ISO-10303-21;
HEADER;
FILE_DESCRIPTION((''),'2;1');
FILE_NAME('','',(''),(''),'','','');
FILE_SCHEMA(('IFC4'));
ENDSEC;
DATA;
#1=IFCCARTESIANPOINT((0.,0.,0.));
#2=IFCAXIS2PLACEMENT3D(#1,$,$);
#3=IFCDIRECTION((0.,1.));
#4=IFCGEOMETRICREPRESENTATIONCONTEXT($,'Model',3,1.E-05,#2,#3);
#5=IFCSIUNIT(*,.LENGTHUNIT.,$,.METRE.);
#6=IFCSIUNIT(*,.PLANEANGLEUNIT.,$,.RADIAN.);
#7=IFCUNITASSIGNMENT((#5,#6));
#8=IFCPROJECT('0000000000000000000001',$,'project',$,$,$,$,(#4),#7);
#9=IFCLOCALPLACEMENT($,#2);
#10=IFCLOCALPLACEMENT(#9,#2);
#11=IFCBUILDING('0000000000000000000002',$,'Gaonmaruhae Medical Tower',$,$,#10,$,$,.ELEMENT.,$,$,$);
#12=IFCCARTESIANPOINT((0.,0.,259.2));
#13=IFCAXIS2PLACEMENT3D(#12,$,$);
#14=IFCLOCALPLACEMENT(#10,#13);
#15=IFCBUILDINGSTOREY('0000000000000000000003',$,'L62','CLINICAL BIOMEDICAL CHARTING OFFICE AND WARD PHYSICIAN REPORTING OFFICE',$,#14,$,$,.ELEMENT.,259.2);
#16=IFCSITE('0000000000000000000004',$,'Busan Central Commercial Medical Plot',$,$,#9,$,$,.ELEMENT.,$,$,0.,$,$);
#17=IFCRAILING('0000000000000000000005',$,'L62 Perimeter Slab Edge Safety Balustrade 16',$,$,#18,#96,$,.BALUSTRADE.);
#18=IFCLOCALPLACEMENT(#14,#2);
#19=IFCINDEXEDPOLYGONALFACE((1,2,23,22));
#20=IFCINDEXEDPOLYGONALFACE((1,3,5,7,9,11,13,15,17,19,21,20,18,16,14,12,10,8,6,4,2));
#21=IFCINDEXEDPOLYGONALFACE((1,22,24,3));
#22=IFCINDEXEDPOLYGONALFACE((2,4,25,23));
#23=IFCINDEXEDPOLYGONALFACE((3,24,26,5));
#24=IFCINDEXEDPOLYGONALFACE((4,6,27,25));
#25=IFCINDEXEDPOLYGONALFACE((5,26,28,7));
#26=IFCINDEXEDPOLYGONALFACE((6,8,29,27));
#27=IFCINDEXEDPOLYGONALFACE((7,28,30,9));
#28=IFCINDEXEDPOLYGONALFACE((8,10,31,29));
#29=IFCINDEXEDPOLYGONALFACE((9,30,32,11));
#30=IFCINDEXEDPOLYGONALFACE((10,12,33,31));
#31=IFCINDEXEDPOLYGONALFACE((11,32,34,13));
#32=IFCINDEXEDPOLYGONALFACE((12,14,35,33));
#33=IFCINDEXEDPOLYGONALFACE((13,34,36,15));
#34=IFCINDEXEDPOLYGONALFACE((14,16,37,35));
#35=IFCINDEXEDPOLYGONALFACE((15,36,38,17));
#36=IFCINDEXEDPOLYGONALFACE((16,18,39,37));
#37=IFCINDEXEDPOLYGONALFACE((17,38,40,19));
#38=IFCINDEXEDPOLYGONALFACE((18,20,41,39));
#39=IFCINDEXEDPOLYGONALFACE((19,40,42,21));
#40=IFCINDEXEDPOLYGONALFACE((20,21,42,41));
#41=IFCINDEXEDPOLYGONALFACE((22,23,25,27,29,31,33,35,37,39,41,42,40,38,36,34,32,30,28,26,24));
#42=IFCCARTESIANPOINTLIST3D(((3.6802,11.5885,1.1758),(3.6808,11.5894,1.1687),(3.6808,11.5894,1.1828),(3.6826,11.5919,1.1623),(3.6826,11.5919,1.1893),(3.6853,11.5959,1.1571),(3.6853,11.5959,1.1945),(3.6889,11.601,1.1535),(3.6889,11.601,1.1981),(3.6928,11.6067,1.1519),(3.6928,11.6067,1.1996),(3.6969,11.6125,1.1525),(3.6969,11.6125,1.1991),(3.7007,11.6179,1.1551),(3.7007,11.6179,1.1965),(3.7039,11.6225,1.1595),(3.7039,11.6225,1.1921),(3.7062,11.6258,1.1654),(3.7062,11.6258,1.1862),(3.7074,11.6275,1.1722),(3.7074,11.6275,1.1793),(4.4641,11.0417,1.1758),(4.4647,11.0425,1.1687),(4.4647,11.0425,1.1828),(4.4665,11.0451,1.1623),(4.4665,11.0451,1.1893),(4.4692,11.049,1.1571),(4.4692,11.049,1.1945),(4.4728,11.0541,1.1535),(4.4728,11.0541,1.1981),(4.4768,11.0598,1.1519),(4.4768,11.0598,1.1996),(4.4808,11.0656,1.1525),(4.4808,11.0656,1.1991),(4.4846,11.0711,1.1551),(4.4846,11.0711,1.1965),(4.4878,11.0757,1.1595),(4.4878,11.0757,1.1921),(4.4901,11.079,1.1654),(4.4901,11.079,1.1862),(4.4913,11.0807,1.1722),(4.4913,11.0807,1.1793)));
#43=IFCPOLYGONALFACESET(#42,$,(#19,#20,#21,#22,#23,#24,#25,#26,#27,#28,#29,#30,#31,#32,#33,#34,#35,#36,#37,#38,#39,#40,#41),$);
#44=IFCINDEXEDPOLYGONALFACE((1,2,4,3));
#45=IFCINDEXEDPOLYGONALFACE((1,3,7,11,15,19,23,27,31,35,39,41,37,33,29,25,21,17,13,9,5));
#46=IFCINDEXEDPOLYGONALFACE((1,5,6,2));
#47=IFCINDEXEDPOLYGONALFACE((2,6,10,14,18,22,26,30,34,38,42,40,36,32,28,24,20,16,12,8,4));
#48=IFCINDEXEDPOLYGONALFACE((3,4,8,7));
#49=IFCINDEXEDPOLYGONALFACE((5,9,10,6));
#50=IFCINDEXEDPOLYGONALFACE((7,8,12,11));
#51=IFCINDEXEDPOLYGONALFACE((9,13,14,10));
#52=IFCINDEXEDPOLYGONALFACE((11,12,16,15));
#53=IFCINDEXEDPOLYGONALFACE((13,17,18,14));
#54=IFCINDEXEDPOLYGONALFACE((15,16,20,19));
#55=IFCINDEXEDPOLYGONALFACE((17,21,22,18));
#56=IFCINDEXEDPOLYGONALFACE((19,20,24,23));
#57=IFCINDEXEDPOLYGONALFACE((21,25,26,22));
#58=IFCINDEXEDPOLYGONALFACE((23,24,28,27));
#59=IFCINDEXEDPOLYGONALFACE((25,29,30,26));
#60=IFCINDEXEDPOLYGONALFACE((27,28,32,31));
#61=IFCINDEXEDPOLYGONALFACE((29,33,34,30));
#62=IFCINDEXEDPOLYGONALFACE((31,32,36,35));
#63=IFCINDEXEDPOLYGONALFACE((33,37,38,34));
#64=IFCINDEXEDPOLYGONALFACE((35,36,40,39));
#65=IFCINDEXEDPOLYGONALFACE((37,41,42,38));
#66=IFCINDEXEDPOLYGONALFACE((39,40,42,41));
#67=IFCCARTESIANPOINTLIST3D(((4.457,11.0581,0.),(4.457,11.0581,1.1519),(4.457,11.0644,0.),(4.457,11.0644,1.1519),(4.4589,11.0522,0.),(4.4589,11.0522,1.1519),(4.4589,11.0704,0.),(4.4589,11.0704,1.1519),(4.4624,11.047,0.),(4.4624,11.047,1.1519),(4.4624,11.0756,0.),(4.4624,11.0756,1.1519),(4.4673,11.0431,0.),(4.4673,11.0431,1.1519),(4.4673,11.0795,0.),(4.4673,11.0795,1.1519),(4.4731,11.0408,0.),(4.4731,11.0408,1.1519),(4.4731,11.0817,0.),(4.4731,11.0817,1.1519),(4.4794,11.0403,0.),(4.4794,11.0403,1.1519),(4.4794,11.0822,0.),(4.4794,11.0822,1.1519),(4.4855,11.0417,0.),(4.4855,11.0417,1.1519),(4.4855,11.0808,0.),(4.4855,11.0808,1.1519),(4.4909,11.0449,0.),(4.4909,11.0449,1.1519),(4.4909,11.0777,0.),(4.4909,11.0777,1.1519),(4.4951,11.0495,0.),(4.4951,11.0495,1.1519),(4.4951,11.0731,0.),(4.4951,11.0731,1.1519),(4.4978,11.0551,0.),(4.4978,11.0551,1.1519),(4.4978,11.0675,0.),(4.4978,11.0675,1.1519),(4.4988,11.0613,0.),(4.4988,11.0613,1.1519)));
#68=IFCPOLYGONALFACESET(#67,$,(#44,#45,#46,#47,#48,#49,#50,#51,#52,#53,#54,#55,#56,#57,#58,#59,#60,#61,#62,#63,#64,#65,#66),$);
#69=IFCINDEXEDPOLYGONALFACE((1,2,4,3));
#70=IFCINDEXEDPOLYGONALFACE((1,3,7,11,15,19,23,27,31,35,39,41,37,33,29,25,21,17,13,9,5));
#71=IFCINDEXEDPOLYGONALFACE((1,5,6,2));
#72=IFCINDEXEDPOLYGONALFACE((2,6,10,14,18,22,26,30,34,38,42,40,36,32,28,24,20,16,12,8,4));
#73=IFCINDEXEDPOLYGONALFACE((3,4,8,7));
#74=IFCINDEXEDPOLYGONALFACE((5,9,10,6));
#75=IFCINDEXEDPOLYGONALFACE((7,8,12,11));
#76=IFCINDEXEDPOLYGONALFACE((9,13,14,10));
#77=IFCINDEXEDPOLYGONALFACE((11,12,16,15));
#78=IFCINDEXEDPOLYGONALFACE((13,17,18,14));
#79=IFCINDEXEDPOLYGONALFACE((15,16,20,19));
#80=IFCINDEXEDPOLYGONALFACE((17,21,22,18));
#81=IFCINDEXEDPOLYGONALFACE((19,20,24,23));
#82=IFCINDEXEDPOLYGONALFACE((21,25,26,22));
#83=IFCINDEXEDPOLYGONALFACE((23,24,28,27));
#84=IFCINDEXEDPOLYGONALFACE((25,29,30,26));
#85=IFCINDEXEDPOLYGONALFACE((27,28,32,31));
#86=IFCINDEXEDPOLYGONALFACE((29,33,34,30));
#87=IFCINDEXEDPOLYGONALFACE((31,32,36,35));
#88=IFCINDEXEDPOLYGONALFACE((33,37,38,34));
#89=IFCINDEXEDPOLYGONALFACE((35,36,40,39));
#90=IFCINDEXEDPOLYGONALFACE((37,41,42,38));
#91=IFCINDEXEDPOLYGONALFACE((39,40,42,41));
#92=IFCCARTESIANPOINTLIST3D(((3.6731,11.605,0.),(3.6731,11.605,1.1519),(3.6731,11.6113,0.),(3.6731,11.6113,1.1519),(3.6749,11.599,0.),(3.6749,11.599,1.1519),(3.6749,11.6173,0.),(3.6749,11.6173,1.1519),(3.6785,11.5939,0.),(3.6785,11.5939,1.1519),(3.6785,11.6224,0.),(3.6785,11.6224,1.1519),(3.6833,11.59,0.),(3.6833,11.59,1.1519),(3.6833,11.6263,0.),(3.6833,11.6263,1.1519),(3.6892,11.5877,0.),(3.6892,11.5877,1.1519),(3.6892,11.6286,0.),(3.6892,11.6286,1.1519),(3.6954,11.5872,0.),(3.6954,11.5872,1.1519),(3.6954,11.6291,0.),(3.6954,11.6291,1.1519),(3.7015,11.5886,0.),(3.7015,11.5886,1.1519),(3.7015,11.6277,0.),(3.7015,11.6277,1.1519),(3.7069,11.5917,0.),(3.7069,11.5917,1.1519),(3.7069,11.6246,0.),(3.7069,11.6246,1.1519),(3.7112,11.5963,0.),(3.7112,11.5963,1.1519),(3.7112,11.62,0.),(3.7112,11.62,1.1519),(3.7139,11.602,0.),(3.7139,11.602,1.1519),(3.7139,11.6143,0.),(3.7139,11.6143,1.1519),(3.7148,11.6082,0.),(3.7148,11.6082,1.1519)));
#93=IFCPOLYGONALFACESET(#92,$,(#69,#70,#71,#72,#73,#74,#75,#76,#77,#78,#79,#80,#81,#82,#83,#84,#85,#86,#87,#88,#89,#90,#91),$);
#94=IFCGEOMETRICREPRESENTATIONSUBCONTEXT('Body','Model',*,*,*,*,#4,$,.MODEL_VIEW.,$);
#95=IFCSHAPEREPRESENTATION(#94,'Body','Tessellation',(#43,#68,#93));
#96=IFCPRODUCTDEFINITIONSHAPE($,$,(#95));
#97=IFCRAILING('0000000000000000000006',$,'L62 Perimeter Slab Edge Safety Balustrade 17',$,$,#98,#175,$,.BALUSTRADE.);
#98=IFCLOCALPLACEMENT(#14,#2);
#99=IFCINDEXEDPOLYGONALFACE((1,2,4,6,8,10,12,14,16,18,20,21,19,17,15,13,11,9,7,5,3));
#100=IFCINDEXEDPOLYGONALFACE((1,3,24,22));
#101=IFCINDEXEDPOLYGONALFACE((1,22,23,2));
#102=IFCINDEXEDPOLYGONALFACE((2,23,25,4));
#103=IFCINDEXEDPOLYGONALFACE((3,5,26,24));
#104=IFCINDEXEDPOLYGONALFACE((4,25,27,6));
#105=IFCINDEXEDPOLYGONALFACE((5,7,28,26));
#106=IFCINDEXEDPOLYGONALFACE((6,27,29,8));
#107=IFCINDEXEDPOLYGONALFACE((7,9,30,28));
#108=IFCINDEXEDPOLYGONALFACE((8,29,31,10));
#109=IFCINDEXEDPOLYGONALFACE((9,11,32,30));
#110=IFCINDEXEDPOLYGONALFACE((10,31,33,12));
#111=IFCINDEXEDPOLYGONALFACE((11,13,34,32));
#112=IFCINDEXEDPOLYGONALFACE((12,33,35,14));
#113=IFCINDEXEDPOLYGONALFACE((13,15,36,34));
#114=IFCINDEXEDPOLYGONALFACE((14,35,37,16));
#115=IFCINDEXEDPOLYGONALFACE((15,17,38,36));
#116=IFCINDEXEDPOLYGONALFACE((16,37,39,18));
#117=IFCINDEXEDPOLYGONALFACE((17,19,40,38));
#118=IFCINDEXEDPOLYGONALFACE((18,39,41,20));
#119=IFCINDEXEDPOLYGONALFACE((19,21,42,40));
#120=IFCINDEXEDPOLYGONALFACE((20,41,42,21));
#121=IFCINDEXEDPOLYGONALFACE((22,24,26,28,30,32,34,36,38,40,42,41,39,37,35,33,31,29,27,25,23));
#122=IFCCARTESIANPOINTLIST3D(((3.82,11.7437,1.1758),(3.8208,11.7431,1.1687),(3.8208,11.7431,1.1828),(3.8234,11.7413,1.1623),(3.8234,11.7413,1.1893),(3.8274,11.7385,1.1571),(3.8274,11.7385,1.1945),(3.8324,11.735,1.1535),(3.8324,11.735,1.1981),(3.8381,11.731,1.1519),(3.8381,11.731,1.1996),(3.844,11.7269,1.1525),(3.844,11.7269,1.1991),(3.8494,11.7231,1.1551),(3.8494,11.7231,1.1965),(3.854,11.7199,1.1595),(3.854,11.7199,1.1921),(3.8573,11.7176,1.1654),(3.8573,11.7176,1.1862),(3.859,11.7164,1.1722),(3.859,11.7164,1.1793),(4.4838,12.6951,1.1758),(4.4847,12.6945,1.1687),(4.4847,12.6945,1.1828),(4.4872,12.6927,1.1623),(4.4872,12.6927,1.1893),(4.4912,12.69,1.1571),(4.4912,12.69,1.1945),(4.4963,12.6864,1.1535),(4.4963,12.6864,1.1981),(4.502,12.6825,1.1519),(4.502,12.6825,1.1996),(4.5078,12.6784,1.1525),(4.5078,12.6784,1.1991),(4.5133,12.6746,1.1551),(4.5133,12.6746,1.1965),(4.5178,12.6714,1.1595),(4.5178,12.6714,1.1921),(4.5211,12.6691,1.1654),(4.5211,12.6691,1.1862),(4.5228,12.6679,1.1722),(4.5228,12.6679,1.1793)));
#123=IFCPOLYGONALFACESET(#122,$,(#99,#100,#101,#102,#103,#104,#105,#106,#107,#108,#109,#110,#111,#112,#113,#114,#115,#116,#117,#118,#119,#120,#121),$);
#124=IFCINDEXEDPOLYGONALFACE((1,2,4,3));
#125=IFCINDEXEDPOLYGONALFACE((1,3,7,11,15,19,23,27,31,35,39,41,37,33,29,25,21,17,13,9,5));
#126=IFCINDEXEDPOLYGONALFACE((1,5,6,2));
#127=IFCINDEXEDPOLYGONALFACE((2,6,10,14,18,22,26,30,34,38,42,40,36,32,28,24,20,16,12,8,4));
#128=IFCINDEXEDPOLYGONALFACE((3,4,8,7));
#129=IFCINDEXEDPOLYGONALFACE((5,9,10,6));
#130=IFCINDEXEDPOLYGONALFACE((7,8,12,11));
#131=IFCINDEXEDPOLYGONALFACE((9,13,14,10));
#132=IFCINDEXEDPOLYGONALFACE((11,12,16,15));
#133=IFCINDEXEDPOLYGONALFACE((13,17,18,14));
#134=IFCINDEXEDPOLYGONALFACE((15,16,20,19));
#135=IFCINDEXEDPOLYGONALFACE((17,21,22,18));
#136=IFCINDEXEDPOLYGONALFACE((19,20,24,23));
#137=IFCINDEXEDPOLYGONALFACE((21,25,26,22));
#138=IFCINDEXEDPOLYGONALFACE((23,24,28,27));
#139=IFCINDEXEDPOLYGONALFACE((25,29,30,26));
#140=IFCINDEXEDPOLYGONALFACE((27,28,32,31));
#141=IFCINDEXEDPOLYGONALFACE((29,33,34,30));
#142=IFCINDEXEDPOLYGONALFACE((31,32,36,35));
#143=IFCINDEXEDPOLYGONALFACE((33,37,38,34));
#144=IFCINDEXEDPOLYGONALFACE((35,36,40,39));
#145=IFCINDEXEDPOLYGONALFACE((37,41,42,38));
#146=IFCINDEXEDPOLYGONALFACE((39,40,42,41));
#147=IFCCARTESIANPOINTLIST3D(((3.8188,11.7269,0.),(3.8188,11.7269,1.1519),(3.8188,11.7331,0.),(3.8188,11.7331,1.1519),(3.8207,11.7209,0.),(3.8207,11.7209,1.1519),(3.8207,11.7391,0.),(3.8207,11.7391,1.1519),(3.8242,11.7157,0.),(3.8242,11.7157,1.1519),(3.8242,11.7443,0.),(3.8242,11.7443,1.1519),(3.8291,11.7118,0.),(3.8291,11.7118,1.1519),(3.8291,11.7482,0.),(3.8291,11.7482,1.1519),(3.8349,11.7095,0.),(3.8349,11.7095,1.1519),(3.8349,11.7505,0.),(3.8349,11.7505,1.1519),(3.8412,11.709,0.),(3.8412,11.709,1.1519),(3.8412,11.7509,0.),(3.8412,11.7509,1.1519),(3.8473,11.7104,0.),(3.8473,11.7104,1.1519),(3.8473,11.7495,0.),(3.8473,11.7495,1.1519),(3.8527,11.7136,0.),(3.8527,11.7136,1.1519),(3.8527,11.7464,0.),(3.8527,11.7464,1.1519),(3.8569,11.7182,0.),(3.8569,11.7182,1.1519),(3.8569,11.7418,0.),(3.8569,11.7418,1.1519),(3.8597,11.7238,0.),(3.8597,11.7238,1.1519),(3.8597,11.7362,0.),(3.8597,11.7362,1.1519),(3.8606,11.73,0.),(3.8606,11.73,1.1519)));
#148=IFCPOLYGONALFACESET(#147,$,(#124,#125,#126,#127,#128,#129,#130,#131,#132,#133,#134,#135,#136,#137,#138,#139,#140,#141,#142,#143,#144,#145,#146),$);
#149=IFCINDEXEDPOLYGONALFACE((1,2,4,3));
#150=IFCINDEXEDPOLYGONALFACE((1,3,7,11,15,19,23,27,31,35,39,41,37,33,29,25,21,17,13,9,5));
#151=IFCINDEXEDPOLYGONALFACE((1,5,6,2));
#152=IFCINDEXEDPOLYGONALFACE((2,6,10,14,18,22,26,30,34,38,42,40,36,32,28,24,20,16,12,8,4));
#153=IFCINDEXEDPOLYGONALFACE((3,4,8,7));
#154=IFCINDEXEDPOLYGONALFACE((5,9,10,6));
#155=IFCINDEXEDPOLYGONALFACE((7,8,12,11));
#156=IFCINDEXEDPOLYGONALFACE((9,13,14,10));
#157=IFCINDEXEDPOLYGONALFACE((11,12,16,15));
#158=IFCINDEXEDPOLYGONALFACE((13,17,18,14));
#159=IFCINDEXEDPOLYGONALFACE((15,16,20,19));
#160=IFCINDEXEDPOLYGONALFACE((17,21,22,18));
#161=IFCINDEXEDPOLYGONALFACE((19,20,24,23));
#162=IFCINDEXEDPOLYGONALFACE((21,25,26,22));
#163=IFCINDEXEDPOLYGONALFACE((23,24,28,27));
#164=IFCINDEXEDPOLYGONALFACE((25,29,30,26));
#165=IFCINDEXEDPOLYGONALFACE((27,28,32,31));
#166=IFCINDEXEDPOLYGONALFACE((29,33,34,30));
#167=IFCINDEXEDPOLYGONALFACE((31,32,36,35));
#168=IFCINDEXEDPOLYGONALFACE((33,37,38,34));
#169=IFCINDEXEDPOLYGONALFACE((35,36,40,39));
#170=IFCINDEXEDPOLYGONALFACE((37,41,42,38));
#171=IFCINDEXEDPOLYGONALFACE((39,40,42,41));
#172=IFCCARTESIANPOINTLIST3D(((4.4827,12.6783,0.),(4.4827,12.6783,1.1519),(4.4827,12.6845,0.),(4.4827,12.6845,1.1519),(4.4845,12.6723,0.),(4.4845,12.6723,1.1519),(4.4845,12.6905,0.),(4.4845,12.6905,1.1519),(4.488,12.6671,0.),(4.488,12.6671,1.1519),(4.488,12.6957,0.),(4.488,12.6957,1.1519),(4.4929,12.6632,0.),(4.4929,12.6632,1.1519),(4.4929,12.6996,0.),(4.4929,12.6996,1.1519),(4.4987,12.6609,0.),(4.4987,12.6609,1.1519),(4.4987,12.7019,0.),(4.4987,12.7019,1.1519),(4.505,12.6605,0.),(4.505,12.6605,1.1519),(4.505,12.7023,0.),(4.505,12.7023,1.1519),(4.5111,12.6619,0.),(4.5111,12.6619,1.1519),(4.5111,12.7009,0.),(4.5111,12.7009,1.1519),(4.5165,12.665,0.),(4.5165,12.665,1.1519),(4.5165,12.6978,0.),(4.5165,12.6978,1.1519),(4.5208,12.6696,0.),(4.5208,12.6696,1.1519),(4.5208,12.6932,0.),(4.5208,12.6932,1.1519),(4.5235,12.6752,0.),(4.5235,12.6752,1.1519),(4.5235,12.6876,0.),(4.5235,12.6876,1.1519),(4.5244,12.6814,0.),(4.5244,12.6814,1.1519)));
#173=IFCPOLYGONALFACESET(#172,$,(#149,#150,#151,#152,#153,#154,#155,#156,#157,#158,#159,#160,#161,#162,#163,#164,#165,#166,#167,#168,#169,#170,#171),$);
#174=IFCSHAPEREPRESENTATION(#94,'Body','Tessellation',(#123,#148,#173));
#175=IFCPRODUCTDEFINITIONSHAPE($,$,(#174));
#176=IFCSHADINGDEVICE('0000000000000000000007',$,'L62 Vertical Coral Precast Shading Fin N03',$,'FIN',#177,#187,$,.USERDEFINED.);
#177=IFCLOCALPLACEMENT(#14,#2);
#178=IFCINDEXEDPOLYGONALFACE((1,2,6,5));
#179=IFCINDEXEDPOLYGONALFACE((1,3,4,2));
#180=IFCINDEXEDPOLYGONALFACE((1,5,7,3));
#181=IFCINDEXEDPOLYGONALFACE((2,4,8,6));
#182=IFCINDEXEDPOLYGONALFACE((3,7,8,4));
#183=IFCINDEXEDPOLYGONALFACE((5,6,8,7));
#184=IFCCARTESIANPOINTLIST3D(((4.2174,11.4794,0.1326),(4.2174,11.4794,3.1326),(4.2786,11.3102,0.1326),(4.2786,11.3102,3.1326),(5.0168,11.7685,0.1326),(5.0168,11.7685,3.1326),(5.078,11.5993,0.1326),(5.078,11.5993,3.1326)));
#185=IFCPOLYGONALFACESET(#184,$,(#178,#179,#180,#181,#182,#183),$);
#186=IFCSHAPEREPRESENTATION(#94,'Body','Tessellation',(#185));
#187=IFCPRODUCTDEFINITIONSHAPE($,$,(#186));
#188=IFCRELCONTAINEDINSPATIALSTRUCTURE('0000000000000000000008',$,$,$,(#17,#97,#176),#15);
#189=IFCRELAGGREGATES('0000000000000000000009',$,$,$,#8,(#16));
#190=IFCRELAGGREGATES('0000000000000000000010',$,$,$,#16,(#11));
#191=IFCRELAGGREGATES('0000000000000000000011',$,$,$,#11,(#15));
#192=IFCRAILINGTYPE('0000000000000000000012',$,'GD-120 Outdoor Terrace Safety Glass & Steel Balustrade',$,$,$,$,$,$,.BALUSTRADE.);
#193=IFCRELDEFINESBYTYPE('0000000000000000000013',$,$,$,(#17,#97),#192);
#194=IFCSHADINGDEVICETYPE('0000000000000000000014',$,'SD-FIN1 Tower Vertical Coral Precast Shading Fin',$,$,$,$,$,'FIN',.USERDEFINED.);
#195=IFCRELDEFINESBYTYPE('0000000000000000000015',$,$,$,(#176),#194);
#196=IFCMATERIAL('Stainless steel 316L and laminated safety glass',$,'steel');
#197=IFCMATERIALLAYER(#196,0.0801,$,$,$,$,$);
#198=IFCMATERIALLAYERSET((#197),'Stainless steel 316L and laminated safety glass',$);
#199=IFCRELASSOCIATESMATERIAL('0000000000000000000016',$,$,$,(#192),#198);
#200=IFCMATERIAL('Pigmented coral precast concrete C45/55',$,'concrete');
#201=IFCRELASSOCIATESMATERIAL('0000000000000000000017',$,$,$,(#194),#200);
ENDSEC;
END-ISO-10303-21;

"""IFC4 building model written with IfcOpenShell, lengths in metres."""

from ifc_helpers import new_model, si_unit, direction, frame, origin, origin_2d, place, context, subcontext, project, spatial, rectangle, circle, extrude, material, layer, layer_set, type_object, element, save


model = new_model("IFC4")

# Units and contexts
model_context = context("Model", 3, precision=1e-05, world=origin(), true_north=direction((0.0, 1.0)))
body_context = subcontext(model_context, "Body", "Model", "MODEL_VIEW")
ifc_project = project(units=[si_unit("LENGTHUNIT", "METRE"), si_unit("PLANEANGLEUNIT", "RADIAN")], contexts=[model_context])

# Site, building, storey
site_placement = place(None, origin())
site = spatial("IfcSite", under=ifc_project, at=site_placement, Name="Busan Central Commercial Medical Plot", CompositionType="ELEMENT", RefElevation=0.0)
building_placement = place(site_placement, origin())
building = spatial("IfcBuilding", under=site, at=building_placement, Name="Gaonmaruhae Medical Tower", CompositionType="ELEMENT")
storey_placement = place(building_placement, frame((0.0, 0.0, 259.2)))
storey = spatial("IfcBuildingStorey", under=building, at=storey_placement, Name="L62", Description="CLINICAL BIOMEDICAL CHARTING OFFICE AND WARD PHYSICIAN REPORTING OFFICE", CompositionType="ELEMENT", Elevation=259.2)

# Railings
ifc_material_1 = material(Name="Stainless steel 316L and laminated safety glass", Category="steel")
ifc_layer_1 = layer(ifc_material_1, 0.0801)
ifc_layer_set_1 = layer_set([ifc_layer_1], Name="Stainless steel 316L and laminated safety glass")
railing_type = type_object("IfcRailingType", Name="GD-120 Outdoor Terrace Safety Glass & Steel Balustrade", PredefinedType="BALUSTRADE", material=ifc_layer_set_1)
railing_1_placement = place(storey_placement, frame((4.4778, 11.0613, 0.0)))
element("IfcRailing", 1, at=railing_1_placement, inside=storey, type_object=railing_type, Name="L62 Perimeter Slab Edge Safety Balustrade 16", PredefinedType="BALUSTRADE", context=body_context, shape_type="SweptSolid", body=[
    extrude(circle(Radius=0.0239, at=origin_2d()), frame((0.0, 0.0, 1.1758), z_axis=(-0.820155, 0.572142, 0.0), x_axis=(-0.572142, -0.820155, 0.0)), (0.0, 0.0, 1.0), 0.9558),
    extrude(circle(Radius=0.021, at=origin_2d()), origin(), (0.0, 0.0, 1.0), 1.1519),
    extrude(circle(Radius=0.021, at=origin_2d()), frame((-0.7839, 0.5469, 0.0)), (0.0, 0.0, 1.0), 1.1519),
])
railing_2_placement = place(storey_placement, frame((3.8396, 11.73, 0.0)))
element("IfcRailing", 2, at=railing_2_placement, inside=storey, type_object=railing_type, Name="L62 Perimeter Slab Edge Safety Balustrade 17", PredefinedType="BALUSTRADE", context=body_context, shape_type="SweptSolid", body=[
    extrude(circle(Radius=0.0239, at=origin_2d()), frame((0.0, 0.0, 1.1758), z_axis=(0.572205, 0.820111, 0.0), x_axis=(-0.820111, 0.572205, 0.0)), (0.0, 0.0, 1.0), 1.1602),
    extrude(circle(Radius=0.021, at=origin_2d()), origin(), (0.0, 0.0, 1.0), 1.1519),
    extrude(circle(Radius=0.021, at=origin_2d()), frame((0.6638, 0.9514, 0.0)), (0.0, 0.0, 1.0), 1.1519),
])

# Shading device
ifc_material_2 = material(Name="Pigmented coral precast concrete C45/55", Category="concrete")
shading_device_type = type_object("IfcShadingDeviceType", Name="SD-FIN1 Tower Vertical Coral Precast Shading Fin", ElementType="FIN", PredefinedType="USERDEFINED", material=ifc_material_2)
shading_device_placement = place(storey_placement, frame((4.6477, 11.5393, 0.1326), z_axis=(0.0, 0.0, 1.0), x_axis=(-0.340084, 0.940395, 0.0)))
element("IfcShadingDevice", 3, at=shading_device_placement, inside=storey, type_object=shading_device_type, Name="L62 Vertical Coral Precast Shading Fin N03", ObjectType="FIN", PredefinedType="USERDEFINED", context=body_context, shape_type="SweptSolid", body=[
    extrude(rectangle(XDim=0.1799, YDim=0.8501, at=origin_2d()), origin(), (0.0, 0.0, 1.0), 3.0),
])

save(model, "model.ifc")
